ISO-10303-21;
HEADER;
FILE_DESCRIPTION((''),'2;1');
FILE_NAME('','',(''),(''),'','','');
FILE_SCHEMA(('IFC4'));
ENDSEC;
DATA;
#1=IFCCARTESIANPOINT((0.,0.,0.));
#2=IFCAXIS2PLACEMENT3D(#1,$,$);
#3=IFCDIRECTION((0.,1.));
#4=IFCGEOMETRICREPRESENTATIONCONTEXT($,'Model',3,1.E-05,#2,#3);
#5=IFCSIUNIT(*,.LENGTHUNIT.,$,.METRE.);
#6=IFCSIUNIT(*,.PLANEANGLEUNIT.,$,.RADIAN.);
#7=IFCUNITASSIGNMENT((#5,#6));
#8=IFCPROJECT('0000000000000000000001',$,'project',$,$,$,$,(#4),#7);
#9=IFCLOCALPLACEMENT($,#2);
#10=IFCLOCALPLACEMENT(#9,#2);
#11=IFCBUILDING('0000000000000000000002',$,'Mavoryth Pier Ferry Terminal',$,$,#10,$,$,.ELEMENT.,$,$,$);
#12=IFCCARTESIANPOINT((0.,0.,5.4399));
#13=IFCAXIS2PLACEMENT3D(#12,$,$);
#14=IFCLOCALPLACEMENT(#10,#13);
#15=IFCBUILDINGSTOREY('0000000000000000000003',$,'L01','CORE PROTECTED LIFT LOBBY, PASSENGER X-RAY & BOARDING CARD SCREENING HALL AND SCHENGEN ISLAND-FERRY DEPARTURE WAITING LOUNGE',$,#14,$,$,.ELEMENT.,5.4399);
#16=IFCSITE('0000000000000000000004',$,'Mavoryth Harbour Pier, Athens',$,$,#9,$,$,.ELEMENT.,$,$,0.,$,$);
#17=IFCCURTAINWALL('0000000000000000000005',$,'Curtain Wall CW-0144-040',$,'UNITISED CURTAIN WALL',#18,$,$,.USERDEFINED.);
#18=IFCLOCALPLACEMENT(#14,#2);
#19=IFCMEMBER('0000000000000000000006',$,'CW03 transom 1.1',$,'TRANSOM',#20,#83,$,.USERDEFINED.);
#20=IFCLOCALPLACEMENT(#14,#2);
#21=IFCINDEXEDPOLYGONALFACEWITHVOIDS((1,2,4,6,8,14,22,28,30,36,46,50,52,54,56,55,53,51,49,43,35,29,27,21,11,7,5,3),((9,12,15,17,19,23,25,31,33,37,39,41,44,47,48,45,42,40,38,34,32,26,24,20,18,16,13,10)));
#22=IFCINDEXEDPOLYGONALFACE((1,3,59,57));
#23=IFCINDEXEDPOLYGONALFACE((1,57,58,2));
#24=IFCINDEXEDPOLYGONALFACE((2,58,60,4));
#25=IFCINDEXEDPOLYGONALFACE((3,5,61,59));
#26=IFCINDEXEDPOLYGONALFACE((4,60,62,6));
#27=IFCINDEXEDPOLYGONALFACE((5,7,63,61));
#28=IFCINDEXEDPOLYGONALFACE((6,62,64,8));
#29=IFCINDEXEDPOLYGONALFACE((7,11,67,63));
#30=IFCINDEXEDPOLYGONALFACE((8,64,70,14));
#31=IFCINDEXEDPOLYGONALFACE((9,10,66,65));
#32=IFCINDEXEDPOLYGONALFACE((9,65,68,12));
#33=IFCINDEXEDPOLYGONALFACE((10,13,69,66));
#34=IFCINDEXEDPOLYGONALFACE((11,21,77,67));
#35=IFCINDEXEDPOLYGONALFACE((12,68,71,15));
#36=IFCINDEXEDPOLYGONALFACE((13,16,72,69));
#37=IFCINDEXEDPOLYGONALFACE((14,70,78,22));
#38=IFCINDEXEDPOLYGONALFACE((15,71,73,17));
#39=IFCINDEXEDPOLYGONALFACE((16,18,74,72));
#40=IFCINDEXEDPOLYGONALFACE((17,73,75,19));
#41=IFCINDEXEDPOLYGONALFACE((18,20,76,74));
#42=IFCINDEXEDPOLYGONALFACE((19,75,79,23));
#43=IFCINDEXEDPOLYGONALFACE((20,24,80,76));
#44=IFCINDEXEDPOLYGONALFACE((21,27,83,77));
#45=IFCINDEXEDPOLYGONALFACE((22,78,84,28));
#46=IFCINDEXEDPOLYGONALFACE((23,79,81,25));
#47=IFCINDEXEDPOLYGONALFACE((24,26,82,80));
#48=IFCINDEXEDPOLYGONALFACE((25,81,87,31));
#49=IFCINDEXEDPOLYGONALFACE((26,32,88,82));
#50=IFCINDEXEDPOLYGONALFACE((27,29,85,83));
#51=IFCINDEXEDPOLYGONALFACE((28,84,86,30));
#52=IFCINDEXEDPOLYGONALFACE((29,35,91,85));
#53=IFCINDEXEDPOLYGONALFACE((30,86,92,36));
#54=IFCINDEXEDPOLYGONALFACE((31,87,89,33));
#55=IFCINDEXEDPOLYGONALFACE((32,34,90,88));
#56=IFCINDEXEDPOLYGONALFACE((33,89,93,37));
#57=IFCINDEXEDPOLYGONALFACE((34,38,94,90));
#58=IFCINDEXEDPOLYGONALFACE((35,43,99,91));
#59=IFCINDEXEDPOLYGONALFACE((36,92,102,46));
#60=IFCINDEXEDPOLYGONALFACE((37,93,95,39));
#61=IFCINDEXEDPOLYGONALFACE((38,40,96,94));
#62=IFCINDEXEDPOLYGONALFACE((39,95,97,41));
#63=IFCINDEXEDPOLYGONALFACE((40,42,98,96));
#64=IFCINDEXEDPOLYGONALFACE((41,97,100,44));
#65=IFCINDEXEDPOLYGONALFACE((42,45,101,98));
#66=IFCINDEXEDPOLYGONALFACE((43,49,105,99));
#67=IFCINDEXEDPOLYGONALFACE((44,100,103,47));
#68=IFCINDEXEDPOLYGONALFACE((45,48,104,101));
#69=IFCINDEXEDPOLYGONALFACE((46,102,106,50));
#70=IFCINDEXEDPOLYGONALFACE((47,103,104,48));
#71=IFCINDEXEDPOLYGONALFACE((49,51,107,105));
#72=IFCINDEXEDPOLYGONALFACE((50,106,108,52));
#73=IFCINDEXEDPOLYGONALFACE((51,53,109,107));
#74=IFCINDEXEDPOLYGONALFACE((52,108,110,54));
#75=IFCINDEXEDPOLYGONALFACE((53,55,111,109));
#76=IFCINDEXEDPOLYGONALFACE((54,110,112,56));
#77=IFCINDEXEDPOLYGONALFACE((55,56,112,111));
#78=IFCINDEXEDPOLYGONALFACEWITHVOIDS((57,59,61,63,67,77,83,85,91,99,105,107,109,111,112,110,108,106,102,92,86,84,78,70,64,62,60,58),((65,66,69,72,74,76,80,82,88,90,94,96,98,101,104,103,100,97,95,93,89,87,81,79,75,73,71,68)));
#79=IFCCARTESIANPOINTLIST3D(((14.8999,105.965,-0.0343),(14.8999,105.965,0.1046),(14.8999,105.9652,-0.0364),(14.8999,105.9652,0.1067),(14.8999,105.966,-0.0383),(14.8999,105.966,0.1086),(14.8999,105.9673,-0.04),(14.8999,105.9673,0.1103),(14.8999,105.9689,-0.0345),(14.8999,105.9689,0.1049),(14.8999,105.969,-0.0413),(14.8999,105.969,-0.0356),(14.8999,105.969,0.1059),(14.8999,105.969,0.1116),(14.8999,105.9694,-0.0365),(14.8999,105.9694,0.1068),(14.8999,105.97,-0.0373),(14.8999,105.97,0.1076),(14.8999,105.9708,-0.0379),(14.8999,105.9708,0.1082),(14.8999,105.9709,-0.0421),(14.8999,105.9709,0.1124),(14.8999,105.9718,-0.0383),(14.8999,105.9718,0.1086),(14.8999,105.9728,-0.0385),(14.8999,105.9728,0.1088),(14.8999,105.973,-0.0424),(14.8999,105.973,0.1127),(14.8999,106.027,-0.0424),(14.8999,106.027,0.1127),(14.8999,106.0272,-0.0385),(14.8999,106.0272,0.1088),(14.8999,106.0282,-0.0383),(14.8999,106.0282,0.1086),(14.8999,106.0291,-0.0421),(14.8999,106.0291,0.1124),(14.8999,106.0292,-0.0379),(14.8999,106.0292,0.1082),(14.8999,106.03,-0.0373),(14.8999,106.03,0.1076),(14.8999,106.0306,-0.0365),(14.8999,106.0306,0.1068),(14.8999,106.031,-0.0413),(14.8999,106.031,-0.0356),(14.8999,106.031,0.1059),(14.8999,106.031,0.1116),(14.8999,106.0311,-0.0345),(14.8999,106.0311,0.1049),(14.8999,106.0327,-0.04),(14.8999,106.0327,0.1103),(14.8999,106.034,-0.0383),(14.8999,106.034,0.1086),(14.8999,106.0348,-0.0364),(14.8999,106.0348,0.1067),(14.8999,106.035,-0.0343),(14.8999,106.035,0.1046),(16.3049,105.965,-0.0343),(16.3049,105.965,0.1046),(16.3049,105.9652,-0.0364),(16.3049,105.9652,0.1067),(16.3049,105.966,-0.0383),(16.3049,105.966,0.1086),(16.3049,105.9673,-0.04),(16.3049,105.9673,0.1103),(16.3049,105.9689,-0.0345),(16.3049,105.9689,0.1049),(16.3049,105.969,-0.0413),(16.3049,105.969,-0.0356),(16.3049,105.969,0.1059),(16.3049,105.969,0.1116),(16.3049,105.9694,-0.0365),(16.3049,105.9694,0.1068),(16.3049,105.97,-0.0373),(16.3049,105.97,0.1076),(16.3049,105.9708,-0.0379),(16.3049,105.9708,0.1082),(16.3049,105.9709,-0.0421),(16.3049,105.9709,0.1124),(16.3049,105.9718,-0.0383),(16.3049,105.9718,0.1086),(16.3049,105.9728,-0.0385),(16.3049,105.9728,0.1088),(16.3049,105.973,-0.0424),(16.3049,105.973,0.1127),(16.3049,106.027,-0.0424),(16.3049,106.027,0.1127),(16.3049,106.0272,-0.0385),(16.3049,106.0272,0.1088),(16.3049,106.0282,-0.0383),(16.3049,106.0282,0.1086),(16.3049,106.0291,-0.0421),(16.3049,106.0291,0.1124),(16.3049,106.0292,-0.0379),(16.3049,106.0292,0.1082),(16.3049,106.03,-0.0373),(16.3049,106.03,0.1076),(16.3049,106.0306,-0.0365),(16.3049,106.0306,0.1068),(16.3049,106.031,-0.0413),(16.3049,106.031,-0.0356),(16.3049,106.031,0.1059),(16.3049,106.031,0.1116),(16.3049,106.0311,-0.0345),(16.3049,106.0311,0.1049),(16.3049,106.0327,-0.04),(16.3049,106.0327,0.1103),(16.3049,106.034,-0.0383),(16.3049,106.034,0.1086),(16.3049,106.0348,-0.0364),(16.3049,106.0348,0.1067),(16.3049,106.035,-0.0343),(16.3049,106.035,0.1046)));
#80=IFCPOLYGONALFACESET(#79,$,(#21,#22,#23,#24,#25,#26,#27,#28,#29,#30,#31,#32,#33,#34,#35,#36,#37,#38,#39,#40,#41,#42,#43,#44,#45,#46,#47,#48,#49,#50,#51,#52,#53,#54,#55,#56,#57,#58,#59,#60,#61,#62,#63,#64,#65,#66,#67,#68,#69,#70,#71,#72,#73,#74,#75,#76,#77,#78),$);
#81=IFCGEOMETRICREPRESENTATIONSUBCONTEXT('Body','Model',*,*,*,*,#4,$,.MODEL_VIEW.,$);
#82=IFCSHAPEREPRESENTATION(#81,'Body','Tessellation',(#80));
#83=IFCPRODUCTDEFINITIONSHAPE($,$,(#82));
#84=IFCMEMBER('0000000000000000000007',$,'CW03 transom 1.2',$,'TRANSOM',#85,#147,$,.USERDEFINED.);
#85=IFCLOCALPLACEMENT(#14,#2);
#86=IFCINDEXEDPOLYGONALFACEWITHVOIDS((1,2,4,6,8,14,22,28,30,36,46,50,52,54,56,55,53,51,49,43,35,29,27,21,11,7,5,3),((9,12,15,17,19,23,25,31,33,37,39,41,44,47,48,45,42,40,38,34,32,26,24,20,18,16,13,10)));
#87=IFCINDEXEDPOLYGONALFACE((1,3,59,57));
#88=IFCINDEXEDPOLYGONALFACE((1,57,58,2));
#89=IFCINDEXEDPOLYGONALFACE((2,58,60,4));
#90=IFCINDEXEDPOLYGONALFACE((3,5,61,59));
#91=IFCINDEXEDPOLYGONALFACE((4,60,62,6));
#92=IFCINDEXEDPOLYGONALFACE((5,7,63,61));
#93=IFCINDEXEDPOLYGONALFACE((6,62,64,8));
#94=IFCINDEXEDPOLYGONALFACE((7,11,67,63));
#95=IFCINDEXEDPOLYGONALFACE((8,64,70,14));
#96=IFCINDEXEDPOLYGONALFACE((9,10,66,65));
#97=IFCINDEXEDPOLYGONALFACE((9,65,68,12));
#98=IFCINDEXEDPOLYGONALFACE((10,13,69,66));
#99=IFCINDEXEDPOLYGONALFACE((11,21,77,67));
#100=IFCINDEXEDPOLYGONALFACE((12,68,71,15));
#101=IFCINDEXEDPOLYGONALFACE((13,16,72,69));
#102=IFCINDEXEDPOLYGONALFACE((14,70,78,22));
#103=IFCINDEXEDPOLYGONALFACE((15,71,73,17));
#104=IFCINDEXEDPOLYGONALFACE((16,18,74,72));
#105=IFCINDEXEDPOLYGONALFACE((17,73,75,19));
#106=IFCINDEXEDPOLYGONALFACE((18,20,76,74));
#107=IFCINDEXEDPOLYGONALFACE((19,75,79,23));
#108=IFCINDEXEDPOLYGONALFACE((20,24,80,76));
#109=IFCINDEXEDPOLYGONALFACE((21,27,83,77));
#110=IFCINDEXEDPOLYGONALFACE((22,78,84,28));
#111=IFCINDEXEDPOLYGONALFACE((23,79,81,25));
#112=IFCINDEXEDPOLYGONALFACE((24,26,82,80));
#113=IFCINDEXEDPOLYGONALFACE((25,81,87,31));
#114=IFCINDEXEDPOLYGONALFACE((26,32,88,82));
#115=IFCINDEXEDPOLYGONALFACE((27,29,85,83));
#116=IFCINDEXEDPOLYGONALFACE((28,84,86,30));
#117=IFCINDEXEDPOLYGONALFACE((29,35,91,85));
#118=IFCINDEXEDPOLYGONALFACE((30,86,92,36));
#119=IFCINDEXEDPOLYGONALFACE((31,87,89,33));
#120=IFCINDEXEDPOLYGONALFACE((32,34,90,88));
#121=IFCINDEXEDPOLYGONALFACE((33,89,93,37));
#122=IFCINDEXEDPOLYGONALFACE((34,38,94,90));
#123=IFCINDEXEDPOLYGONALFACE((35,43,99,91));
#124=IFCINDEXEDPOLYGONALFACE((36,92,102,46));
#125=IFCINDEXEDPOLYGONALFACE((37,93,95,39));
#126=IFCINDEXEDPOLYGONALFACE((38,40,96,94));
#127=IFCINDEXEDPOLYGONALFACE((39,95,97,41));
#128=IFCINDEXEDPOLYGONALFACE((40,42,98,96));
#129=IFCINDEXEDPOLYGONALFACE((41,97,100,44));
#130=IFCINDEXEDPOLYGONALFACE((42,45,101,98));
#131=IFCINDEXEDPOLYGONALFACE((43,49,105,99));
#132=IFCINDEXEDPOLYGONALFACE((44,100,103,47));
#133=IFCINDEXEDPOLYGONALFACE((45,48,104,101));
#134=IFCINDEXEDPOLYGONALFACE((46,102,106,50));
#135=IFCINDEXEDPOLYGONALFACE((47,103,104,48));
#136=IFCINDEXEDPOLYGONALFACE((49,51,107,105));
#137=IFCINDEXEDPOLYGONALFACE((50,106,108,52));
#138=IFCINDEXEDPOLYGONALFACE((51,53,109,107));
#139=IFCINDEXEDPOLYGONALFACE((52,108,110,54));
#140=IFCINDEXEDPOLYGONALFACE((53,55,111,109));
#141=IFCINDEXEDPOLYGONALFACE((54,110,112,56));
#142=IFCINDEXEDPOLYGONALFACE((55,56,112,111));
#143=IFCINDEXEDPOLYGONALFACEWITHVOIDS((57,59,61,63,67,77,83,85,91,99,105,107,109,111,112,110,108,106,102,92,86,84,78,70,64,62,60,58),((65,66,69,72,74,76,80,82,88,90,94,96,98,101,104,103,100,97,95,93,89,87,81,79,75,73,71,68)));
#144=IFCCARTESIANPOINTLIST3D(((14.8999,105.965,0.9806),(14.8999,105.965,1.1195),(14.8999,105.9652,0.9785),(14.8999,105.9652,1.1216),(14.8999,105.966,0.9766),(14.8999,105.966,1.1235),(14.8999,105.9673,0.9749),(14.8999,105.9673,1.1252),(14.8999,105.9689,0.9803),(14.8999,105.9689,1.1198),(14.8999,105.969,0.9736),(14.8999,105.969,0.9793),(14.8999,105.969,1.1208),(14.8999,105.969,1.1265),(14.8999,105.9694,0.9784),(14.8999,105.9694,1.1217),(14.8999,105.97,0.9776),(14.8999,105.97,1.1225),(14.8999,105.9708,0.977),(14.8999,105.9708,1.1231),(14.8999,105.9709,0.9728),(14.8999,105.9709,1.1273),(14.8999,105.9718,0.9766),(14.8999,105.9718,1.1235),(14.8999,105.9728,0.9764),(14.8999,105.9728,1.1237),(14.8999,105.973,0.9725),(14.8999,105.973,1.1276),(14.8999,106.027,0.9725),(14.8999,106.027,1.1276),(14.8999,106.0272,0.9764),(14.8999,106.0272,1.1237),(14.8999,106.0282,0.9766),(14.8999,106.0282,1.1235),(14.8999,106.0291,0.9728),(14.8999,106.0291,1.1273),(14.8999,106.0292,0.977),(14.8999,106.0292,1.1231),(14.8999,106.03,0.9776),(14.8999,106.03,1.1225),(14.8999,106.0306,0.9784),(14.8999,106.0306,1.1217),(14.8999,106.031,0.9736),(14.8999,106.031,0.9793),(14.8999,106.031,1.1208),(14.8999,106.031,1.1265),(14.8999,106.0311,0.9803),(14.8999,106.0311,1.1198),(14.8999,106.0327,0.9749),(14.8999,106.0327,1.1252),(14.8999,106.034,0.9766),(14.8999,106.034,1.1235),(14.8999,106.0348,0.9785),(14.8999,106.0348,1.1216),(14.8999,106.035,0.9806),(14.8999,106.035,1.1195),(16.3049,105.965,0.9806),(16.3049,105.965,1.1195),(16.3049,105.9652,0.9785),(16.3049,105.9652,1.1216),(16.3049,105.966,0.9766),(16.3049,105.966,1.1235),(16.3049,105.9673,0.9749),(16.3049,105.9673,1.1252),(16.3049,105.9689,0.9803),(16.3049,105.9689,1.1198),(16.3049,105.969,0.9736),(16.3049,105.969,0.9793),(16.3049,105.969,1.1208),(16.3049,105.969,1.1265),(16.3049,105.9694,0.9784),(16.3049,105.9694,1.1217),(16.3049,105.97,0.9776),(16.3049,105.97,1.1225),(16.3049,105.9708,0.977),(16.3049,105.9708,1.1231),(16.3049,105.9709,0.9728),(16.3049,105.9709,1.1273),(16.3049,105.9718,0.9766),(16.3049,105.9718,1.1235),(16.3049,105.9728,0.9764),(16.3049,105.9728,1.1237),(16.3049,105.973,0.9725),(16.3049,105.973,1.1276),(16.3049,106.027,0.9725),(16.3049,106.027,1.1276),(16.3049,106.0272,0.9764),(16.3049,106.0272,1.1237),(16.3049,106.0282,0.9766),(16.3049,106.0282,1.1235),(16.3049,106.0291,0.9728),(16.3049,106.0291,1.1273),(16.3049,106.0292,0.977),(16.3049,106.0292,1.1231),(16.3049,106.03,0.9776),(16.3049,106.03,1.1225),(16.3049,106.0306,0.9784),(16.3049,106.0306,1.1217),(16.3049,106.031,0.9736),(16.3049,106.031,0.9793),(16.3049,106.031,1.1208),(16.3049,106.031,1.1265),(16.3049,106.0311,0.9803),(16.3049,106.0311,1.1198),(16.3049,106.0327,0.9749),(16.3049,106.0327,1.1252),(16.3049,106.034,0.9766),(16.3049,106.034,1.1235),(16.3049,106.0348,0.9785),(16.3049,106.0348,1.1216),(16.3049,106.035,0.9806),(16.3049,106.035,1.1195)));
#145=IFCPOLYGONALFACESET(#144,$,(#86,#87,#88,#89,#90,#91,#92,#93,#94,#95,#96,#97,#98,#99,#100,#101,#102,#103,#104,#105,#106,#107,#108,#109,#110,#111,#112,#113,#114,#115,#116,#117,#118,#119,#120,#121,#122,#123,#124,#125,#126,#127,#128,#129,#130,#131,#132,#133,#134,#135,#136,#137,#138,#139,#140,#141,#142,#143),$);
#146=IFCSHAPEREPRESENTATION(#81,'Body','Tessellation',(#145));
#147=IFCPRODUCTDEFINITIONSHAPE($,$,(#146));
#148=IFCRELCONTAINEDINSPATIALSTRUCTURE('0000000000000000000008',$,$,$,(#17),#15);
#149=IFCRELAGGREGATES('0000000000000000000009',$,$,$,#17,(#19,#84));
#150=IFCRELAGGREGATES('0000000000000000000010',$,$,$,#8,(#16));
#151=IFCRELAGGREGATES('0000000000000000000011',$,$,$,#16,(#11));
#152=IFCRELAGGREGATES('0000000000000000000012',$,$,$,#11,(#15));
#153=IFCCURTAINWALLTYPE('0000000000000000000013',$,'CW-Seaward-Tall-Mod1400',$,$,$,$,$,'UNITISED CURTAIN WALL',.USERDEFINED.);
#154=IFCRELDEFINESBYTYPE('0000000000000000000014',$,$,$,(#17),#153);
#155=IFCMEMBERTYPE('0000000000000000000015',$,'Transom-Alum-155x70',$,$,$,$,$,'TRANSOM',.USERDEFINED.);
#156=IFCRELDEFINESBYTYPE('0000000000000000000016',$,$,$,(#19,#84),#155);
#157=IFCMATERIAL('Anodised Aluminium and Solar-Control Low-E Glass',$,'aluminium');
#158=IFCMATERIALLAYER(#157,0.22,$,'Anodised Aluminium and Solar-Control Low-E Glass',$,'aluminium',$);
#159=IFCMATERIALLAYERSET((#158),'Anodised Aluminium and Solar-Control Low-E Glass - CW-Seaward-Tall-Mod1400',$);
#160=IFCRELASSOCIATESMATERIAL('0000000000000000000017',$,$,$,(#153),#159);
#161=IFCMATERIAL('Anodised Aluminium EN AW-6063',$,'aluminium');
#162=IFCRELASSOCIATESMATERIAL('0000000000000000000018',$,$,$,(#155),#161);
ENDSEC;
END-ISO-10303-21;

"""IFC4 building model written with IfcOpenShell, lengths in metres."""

from ifc_helpers import new_model, si_unit, direction, frame, origin, origin_2d, place, context, subcontext, project, spatial, hollow_rectangle, extrude, material, layer, layer_set, material_profile, profile_set, type_object, element, aggregate, save


model = new_model("IFC4")

# Units and contexts
model_context = context("Model", 3, precision=1e-05, world=origin(), true_north=direction((0.0, 1.0)))
body_context = subcontext(model_context, "Body", "Model", "MODEL_VIEW")
ifc_project = project(units=[si_unit("LENGTHUNIT", "METRE"), si_unit("PLANEANGLEUNIT", "RADIAN")], contexts=[model_context])

# Site, building, storey
site_placement = place(None, origin())
site = spatial("IfcSite", under=ifc_project, at=site_placement, Name="Mavoryth Harbour Pier, Athens", CompositionType="ELEMENT", RefElevation=0.0)
building_placement = place(site_placement, origin())
building = spatial("IfcBuilding", under=site, at=building_placement, Name="Mavoryth Pier Ferry Terminal", CompositionType="ELEMENT")
storey_placement = place(building_placement, frame((0.0, 0.0, 5.4399)))
storey = spatial("IfcBuildingStorey", under=building, at=storey_placement, Name="L01", Description="CORE PROTECTED LIFT LOBBY, PASSENGER X-RAY & BOARDING CARD SCREENING HALL AND SCHENGEN ISLAND-FERRY DEPARTURE WAITING LOUNGE", CompositionType="ELEMENT", Elevation=5.4399)

# Curtain wall, members
ifc_material_1 = material(Name="Anodised Aluminium and Solar-Control Low-E Glass", Category="aluminium")
ifc_layer_1 = layer(ifc_material_1, 0.22, Name="Anodised Aluminium and Solar-Control Low-E Glass", Category="aluminium")
ifc_layer_set_1 = layer_set([ifc_layer_1], Name="Anodised Aluminium and Solar-Control Low-E Glass - CW-Seaward-Tall-Mod1400")
curtain_wall_type = type_object("IfcCurtainWallType", Name="CW-Seaward-Tall-Mod1400", ElementType="UNITISED CURTAIN WALL", PredefinedType="USERDEFINED", material=ifc_layer_set_1)
curtain_wall_placement = place(storey_placement, origin())
curtain_wall = element("IfcCurtainWall", 1, at=curtain_wall_placement, inside=storey, type_object=curtain_wall_type, Name="Curtain Wall CW-0144-040", ObjectType="UNITISED CURTAIN WALL", PredefinedType="USERDEFINED")
ifc_material_2 = material(Name="Anodised Aluminium EN AW-6063", Category="aluminium")
ifc_material_profile_1 = material_profile(ifc_material_2, hollow_rectangle(XDim=0.0701, YDim=0.155, WallThickness=0.0039, InnerFilletRadius=0.0039, OuterFilletRadius=0.0081, at=origin_2d()), Name="AL-TRAN 155x70x4", Category="aluminium")
ifc_profile_set_1 = profile_set([ifc_material_profile_1], Name="Anodised Aluminium EN AW-6063 - AL-TRAN 155x70x4")
member_type_1 = type_object("IfcMemberType", Name="Transom-Alum-155x70", ElementType="TRANSOM", PredefinedType="USERDEFINED", material=ifc_profile_set_1)
member_1_placement = place(storey_placement, frame((16.3049, 106.0, 0.0352), z_axis=(-1.0, 0.0, 0.0), x_axis=(0.0, -1.0, 0.0)))
member_1 = element("IfcMember", 2, at=member_1_placement, type_object=member_type_1, Name="CW03 transom 1.1", ObjectType="TRANSOM", PredefinedType="USERDEFINED", context=body_context, shape_type="SweptSolid", body=[
    extrude(hollow_rectangle(XDim=0.0701, YDim=0.155, WallThickness=0.0039, InnerFilletRadius=0.0039, OuterFilletRadius=0.0081, at=origin_2d()), origin(), (0.0, 0.0, 1.0), 1.405),
])
member_2_placement = place(storey_placement, frame((16.3049, 106.0, 1.05), z_axis=(-1.0, 0.0, 0.0), x_axis=(0.0, -1.0, 0.0)))
member_2 = element("IfcMember", 3, at=member_2_placement, type_object=member_type_1, Name="CW03 transom 1.2", ObjectType="TRANSOM", PredefinedType="USERDEFINED", context=body_context, shape_type="SweptSolid", body=[
    extrude(hollow_rectangle(XDim=0.0701, YDim=0.155, WallThickness=0.0039, InnerFilletRadius=0.0039, OuterFilletRadius=0.0081, at=origin_2d()), origin(), (0.0, 0.0, 1.0), 1.405),
])
aggregate(curtain_wall, [member_1, member_2])

save(model, "model.ifc")
